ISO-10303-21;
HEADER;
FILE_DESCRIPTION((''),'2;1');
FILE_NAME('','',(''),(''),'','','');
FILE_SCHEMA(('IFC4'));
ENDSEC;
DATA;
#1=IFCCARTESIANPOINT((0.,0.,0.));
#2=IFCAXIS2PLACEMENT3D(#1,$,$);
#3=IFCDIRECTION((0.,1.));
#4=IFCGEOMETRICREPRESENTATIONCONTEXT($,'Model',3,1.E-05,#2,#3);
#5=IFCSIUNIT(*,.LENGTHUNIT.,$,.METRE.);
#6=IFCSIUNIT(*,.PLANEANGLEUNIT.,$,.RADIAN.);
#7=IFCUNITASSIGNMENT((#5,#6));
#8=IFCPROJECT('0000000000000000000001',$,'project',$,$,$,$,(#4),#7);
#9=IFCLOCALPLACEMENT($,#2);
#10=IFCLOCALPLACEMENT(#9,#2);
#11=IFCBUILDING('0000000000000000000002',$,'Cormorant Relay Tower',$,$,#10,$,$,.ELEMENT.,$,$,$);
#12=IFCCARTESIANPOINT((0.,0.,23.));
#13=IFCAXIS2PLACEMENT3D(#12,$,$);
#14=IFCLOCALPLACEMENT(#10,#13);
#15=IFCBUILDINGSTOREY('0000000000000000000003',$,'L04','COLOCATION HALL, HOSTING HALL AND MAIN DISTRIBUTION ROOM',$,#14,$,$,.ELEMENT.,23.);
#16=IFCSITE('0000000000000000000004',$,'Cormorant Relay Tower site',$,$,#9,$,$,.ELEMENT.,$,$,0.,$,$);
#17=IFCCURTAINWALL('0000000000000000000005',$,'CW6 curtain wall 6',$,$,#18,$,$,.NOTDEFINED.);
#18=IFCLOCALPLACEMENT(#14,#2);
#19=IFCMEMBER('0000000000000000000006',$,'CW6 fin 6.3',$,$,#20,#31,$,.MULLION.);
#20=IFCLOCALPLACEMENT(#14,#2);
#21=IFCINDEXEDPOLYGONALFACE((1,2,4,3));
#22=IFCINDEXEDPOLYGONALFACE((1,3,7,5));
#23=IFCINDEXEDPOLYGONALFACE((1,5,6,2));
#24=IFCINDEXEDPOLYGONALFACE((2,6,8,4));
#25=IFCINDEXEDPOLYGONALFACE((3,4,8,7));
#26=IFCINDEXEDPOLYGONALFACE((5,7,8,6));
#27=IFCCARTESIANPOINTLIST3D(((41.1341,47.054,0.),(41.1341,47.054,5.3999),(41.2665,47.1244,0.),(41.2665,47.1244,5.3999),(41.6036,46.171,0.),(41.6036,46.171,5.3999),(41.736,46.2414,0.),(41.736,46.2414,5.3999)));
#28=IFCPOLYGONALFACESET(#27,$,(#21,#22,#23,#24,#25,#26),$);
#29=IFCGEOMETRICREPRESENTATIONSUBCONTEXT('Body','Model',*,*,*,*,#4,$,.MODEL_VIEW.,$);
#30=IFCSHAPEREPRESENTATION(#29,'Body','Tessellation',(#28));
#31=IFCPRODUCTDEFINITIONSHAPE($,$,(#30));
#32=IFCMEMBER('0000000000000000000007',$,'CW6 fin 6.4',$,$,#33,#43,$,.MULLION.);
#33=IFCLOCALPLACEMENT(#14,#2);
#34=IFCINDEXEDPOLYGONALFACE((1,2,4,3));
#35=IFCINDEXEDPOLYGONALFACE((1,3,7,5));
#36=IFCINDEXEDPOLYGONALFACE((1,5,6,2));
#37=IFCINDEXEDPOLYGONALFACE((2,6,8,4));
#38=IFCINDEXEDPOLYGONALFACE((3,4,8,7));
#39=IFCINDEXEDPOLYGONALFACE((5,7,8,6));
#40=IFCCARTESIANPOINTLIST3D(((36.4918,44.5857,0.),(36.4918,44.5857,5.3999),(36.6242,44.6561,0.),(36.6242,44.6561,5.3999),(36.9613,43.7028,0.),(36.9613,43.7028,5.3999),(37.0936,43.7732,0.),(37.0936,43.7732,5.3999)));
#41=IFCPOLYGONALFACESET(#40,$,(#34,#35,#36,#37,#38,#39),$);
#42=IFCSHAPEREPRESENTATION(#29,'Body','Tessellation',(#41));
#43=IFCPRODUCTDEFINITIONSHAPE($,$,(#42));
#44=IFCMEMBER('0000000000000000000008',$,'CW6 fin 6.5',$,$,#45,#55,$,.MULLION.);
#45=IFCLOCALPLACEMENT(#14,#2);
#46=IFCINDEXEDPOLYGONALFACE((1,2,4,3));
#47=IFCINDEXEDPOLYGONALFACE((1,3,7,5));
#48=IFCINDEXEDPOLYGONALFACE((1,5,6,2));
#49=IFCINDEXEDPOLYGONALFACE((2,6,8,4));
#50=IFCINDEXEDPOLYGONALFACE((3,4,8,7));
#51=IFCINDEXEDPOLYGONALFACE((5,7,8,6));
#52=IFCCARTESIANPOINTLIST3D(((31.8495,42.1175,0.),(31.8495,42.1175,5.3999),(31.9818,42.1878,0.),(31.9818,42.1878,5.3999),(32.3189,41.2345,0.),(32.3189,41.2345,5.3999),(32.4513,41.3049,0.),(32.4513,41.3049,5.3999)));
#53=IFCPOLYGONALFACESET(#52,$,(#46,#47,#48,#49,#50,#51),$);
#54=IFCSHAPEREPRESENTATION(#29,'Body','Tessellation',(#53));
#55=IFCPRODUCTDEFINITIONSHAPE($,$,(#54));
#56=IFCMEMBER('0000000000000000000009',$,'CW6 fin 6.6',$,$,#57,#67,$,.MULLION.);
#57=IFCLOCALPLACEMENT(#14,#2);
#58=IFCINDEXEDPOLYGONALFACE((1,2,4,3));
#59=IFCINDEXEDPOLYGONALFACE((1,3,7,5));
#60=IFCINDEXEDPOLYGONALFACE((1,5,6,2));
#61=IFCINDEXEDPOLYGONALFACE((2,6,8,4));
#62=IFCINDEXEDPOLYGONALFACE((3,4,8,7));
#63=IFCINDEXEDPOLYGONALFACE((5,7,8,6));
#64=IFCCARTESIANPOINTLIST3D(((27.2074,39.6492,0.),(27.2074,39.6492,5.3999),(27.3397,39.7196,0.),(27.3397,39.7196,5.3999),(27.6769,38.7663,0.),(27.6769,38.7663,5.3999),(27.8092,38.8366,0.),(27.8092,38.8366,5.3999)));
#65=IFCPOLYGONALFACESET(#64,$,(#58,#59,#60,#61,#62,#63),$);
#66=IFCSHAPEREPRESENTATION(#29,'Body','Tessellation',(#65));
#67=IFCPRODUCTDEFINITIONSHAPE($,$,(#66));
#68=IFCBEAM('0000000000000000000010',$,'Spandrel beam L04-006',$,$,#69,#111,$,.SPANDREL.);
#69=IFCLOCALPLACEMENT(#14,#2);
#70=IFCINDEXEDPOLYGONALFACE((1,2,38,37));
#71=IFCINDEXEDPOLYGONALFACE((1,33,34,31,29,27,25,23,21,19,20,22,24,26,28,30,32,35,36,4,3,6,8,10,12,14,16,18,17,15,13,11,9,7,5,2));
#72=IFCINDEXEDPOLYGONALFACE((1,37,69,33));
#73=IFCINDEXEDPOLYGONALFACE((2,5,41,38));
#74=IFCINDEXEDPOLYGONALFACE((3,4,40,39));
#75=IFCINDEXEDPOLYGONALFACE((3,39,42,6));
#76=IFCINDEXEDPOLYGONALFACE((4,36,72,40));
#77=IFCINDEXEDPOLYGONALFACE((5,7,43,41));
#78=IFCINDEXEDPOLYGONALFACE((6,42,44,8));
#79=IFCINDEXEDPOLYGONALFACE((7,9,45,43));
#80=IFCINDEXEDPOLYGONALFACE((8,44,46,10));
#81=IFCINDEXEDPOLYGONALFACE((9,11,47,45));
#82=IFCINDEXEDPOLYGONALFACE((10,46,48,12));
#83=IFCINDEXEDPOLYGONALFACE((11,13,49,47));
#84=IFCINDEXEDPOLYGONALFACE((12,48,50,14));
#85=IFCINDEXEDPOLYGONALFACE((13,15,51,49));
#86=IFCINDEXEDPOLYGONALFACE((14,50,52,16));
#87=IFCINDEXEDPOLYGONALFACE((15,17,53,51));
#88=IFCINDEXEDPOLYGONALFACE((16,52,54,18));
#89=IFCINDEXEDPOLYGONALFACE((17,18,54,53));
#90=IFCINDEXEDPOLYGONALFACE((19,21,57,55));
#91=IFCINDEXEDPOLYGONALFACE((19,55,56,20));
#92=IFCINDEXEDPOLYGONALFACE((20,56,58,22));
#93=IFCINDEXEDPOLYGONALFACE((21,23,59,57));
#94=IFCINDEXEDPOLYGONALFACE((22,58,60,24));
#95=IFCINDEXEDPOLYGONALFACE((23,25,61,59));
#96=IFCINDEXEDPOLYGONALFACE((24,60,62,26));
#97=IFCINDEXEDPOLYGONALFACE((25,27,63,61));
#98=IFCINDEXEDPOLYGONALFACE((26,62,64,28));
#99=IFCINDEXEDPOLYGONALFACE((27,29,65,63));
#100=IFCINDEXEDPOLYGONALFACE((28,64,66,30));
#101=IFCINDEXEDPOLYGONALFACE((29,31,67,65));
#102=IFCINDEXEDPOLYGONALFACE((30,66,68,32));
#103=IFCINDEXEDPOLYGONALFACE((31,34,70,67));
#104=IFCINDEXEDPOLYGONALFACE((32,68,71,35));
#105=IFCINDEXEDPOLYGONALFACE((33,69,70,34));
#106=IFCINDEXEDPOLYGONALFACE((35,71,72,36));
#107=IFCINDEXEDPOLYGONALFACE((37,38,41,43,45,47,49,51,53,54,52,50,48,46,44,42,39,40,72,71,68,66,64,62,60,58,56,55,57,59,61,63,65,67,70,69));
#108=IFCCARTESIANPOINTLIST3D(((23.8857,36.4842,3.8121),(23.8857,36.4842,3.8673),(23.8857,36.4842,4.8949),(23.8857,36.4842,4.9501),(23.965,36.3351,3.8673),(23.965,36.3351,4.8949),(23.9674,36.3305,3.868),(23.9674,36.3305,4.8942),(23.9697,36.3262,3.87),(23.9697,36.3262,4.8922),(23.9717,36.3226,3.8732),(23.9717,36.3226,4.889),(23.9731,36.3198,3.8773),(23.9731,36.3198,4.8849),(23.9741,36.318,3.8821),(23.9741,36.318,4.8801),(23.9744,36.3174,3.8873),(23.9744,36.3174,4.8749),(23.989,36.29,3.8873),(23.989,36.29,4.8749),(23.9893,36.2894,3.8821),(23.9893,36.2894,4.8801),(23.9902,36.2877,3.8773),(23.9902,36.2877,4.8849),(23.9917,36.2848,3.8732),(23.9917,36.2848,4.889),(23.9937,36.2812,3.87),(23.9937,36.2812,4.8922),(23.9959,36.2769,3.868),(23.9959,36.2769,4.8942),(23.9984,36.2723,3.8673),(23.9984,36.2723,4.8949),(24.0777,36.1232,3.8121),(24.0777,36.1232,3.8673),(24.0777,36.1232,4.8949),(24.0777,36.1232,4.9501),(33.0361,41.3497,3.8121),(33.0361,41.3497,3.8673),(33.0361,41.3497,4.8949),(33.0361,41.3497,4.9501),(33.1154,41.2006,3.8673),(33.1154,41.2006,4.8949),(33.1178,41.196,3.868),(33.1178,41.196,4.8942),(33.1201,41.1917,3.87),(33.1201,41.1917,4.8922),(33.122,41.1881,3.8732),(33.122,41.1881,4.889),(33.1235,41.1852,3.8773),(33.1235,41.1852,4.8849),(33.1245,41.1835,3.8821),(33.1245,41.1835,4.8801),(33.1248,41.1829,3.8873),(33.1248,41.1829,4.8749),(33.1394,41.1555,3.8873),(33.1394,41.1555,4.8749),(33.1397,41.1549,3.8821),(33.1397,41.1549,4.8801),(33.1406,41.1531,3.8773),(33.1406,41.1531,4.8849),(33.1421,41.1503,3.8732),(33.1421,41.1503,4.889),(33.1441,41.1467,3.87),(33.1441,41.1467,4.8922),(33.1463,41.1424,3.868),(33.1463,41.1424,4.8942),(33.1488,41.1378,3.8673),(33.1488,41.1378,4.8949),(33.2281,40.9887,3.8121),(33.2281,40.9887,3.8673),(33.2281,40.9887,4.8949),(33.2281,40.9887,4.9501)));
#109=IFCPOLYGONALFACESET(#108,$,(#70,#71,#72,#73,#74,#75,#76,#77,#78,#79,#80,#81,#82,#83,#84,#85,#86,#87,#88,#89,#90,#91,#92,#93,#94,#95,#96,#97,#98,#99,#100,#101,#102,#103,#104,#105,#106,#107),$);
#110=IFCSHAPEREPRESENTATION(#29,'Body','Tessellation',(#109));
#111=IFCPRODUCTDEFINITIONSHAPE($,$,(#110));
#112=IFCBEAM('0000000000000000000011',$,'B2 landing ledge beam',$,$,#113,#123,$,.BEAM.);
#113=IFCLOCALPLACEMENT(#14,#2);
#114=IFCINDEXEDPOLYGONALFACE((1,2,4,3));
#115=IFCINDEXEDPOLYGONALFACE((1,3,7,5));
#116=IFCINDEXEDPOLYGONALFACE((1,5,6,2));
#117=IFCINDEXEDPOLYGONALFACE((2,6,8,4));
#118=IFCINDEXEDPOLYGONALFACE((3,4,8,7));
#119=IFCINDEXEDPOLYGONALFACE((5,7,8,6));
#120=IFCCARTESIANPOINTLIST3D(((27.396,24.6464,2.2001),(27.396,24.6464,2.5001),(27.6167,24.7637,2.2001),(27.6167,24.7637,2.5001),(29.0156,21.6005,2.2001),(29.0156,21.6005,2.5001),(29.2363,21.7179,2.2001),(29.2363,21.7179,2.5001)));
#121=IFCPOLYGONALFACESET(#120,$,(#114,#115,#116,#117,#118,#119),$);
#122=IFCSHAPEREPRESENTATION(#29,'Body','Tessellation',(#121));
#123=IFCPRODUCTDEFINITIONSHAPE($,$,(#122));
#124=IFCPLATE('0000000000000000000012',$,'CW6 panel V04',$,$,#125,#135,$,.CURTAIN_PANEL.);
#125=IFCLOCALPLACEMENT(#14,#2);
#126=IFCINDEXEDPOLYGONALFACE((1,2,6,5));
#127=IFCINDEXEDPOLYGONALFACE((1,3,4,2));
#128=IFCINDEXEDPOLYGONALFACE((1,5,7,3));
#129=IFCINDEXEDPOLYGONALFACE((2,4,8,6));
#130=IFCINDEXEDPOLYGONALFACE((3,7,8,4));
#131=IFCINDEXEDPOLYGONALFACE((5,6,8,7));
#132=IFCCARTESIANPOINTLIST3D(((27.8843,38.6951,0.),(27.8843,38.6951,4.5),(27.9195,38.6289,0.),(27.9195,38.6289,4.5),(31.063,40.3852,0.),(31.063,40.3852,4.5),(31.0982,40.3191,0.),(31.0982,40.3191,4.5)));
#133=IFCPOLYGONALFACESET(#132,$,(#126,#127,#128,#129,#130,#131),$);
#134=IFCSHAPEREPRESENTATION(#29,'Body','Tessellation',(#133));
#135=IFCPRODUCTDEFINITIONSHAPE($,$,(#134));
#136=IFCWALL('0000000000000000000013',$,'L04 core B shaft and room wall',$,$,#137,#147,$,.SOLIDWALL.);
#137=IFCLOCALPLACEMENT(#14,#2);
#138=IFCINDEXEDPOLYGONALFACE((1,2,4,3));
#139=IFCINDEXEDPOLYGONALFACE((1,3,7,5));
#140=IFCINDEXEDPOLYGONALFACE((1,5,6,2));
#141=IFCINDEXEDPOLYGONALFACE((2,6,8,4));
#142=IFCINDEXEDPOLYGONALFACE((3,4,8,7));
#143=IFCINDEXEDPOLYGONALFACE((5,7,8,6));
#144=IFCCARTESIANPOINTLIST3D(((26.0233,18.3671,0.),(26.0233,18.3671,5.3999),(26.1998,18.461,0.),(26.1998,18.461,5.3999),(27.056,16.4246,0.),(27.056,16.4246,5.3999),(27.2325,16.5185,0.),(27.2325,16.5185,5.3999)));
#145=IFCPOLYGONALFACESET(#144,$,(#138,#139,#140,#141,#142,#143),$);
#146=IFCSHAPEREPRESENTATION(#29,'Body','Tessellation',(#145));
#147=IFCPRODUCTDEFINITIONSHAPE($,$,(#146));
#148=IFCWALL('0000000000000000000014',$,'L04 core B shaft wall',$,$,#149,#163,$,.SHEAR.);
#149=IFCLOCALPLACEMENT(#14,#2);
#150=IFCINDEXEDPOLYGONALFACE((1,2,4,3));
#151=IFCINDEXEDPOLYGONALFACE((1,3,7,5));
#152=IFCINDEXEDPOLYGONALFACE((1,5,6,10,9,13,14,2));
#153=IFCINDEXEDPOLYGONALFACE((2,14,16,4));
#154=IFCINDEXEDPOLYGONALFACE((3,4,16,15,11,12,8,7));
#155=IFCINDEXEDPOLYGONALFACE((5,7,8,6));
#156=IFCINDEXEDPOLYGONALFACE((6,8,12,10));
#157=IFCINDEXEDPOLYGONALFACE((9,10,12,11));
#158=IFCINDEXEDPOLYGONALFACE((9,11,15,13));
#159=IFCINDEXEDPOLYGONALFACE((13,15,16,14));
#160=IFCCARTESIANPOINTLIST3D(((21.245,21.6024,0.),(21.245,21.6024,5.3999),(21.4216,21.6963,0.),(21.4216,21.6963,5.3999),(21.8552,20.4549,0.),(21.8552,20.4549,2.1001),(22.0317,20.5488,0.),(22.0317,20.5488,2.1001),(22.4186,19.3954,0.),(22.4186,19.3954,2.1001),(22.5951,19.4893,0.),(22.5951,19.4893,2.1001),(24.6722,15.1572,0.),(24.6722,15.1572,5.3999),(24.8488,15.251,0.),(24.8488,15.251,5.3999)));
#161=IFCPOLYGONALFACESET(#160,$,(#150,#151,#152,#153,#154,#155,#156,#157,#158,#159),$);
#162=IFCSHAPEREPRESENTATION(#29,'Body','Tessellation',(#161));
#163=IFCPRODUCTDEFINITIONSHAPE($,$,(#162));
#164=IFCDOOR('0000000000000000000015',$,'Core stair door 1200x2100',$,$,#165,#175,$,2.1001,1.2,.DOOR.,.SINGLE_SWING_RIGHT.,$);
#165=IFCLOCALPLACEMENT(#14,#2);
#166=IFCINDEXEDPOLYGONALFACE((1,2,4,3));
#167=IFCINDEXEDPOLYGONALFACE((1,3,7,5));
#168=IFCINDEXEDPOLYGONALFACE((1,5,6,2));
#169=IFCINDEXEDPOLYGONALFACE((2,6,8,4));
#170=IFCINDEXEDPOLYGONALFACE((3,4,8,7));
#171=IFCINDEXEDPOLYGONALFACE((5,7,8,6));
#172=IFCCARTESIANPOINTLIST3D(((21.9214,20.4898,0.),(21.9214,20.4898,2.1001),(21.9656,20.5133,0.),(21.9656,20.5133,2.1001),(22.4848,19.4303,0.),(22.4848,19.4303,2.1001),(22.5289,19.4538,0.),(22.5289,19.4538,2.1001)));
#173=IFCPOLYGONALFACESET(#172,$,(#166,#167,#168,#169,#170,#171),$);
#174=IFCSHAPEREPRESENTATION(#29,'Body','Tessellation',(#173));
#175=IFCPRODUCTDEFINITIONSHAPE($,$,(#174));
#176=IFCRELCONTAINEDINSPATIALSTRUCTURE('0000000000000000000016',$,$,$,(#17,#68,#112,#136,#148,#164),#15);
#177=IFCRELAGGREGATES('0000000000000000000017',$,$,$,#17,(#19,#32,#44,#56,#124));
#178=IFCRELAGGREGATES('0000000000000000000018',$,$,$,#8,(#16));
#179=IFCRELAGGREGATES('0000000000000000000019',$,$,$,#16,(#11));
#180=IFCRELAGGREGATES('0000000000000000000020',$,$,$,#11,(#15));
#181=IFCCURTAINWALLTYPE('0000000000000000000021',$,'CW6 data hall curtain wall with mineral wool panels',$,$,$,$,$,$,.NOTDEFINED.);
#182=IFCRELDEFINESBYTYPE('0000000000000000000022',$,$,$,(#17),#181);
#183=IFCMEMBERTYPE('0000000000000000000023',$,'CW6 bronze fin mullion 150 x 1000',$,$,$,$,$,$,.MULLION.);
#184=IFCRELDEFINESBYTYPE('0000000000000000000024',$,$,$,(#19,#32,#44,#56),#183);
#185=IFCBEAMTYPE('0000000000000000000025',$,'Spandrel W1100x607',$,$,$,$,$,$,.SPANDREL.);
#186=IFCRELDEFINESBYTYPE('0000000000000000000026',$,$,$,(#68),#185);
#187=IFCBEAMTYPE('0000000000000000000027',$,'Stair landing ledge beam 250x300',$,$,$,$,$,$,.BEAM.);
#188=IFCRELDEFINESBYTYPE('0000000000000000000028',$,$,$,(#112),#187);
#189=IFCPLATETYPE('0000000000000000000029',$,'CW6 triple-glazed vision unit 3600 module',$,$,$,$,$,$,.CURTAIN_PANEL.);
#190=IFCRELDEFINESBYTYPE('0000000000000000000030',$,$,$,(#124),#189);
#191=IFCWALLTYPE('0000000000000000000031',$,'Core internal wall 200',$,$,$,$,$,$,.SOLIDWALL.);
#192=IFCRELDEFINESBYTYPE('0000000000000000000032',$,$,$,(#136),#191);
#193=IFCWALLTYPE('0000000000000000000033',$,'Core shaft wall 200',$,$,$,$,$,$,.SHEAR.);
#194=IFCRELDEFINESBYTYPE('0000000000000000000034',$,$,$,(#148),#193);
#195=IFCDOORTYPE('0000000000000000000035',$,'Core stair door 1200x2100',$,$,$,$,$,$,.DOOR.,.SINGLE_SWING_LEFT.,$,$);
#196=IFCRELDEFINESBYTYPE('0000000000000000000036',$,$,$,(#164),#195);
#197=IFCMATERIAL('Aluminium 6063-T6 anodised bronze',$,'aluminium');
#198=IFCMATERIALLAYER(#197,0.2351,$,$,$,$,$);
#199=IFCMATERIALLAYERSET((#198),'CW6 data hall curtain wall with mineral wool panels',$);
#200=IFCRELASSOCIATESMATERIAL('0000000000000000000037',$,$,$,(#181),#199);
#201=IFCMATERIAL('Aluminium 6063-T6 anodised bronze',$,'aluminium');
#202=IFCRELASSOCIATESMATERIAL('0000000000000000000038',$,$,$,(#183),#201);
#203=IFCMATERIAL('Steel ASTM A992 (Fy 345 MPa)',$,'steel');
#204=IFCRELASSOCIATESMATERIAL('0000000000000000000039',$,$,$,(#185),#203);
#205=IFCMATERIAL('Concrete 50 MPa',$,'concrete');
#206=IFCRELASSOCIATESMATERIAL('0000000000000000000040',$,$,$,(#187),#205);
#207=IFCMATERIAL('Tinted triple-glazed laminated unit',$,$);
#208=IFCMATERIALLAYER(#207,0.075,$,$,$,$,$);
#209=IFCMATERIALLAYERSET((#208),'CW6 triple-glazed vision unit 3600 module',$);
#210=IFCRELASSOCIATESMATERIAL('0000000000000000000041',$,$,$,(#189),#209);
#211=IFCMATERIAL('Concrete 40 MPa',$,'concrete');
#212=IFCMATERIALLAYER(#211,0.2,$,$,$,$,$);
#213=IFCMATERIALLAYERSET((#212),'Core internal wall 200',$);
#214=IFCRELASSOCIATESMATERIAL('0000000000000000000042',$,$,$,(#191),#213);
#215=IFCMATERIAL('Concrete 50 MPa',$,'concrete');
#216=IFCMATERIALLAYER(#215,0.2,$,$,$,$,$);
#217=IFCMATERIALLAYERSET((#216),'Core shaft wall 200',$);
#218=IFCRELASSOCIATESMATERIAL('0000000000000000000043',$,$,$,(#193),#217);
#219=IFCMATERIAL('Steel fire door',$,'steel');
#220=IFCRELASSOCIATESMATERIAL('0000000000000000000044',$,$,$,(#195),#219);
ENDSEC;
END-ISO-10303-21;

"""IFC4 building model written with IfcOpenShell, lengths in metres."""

from ifc_helpers import new_model, si_unit, direction, frame, frame_2d, origin, origin_2d, place, context, subcontext, project, spatial, rectangle, i_section, extrude, material, layer, layer_set, material_profile, profile_set, type_object, element, fill, aggregate, save


model = new_model("IFC4")

# Units and contexts
model_context = context("Model", 3, precision=1e-05, world=origin(), true_north=direction((0.0, 1.0)))
body_context = subcontext(model_context, "Body", "Model", "MODEL_VIEW")
ifc_project = project(units=[si_unit("LENGTHUNIT", "METRE"), si_unit("PLANEANGLEUNIT", "RADIAN")], contexts=[model_context])

# Site, building, storey
site_placement = place(None, origin())
site = spatial("IfcSite", under=ifc_project, at=site_placement, Name="Cormorant Relay Tower site", CompositionType="ELEMENT", RefElevation=0.0)
building_placement = place(site_placement, origin())
building = spatial("IfcBuilding", under=site, at=building_placement, Name="Cormorant Relay Tower", CompositionType="ELEMENT")
storey_placement = place(building_placement, frame((0.0, 0.0, 23.0)))
storey = spatial("IfcBuildingStorey", under=building, at=storey_placement, Name="L04", Description="COLOCATION HALL, HOSTING HALL AND MAIN DISTRIBUTION ROOM", CompositionType="ELEMENT", Elevation=23.0)

# Curtain wall, members
ifc_material_1 = material(Name="Aluminium 6063-T6 anodised bronze", Category="aluminium")
ifc_layer_1 = layer(ifc_material_1, 0.2351)
ifc_layer_set_1 = layer_set([ifc_layer_1], Name="CW6 data hall curtain wall with mineral wool panels")
curtain_wall_type = type_object("IfcCurtainWallType", Name="CW6 data hall curtain wall with mineral wool panels", PredefinedType="NOTDEFINED", material=ifc_layer_set_1)
curtain_wall_placement = place(storey_placement, origin())
curtain_wall = element("IfcCurtainWall", 1, at=curtain_wall_placement, inside=storey, type_object=curtain_wall_type, Name="CW6 curtain wall 6", PredefinedType="NOTDEFINED")
ifc_material_2 = material(Name="Aluminium 6063-T6 anodised bronze", Category="aluminium")
ifc_material_profile_1 = material_profile(ifc_material_2, rectangle(XDim=0.1499, YDim=1.0, at=origin_2d()), Name="AL 150x1000")
ifc_profile_set_1 = profile_set([ifc_material_profile_1], Name="Aluminium 6063-T6 anodised bronze")
member_type = type_object("IfcMemberType", Name="CW6 bronze fin mullion 150 x 1000", PredefinedType="MULLION", material=ifc_profile_set_1)
member_1_placement = place(storey_placement, frame((41.4351, 46.6477, 0.0), z_axis=(0.0, 0.0, 1.0), x_axis=(-0.882948, -0.469472, 0.0)))
member_1 = element("IfcMember", 2, at=member_1_placement, type_object=member_type, Name="CW6 fin 6.3", PredefinedType="MULLION", context=body_context, shape_type="SweptSolid", body=[
    extrude(rectangle(XDim=0.1499, YDim=1.0, at=origin_2d()), origin(), (0.0, 0.0, 1.0), 5.3999),
])
member_2_placement = place(storey_placement, frame((36.7927, 44.1794, 0.0), z_axis=(0.0, 0.0, 1.0), x_axis=(-0.882948, -0.469472, 0.0)))
member_2 = element("IfcMember", 3, at=member_2_placement, type_object=member_type, Name="CW6 fin 6.4", PredefinedType="MULLION", context=body_context, shape_type="SweptSolid", body=[
    extrude(rectangle(XDim=0.1499, YDim=1.0, at=origin_2d()), origin(), (0.0, 0.0, 1.0), 5.3999),
])
member_3_placement = place(storey_placement, frame((32.1504, 41.7112, 0.0), z_axis=(0.0, 0.0, 1.0), x_axis=(-0.882948, -0.469472, 0.0)))
member_3 = element("IfcMember", 4, at=member_3_placement, type_object=member_type, Name="CW6 fin 6.5", PredefinedType="MULLION", context=body_context, shape_type="SweptSolid", body=[
    extrude(rectangle(XDim=0.1499, YDim=1.0, at=origin_2d()), origin(), (0.0, 0.0, 1.0), 5.3999),
])
member_4_placement = place(storey_placement, frame((27.5083, 39.2429, 0.0), z_axis=(0.0, 0.0, 1.0), x_axis=(-0.882948, -0.469472, 0.0)))
member_4 = element("IfcMember", 5, at=member_4_placement, type_object=member_type, Name="CW6 fin 6.6", PredefinedType="MULLION", context=body_context, shape_type="SweptSolid", body=[
    extrude(rectangle(XDim=0.1499, YDim=1.0, at=origin_2d()), origin(), (0.0, 0.0, 1.0), 5.3999),
])

# Beams
ifc_material_3 = material(Name="Steel ASTM A992 (Fy 345 MPa)", Category="steel")
ifc_material_profile_2 = material_profile(ifc_material_3, i_section(OverallWidth=0.4089, OverallDepth=1.1379, WebThickness=0.031, FlangeThickness=0.0552, FilletRadius=0.02, at=origin_2d()), Name="W1100x607")
ifc_profile_set_2 = profile_set([ifc_material_profile_2], Name="Steel ASTM A992 (Fy 345 MPa)")
beam_type_1 = type_object("IfcBeamType", Name="Spandrel W1100x607", PredefinedType="SPANDREL", material=ifc_profile_set_2)
beam_1_placement = place(storey_placement, frame((33.1321, 41.1692, 4.3811), z_axis=(-0.882942, -0.469481, 0.0), x_axis=(0.469481, -0.882942, 0.0)))
element("IfcBeam", 6, at=beam_1_placement, inside=storey, type_object=beam_type_1, Name="Spandrel beam L04-006", PredefinedType="SPANDREL", context=body_context, shape_type="SweptSolid", body=[
    extrude(i_section(OverallWidth=0.4089, OverallDepth=1.1379, WebThickness=0.031, FlangeThickness=0.0552, FilletRadius=0.02, at=origin_2d()), origin(), (0.0, 0.0, 1.0), 10.3635),
])
ifc_material_4 = material(Name="Concrete 50 MPa", Category="concrete")
ifc_material_profile_3 = material_profile(ifc_material_4, rectangle(XDim=0.25, YDim=0.3, at=origin_2d()), Name="RC 250x300")
ifc_profile_set_3 = profile_set([ifc_material_profile_3], Name="Concrete 50 MPa")
beam_type_2 = type_object("IfcBeamType", Name="Stair landing ledge beam 250x300", PredefinedType="BEAM", material=ifc_profile_set_3)
beam_2_placement = place(storey_placement, frame((29.126, 21.6592, 2.3501), z_axis=(-0.469493, 0.882936, 0.0), x_axis=(-0.882936, -0.469493, 0.0)))
element("IfcBeam", 7, at=beam_2_placement, inside=storey, type_object=beam_type_2, Name="B2 landing ledge beam", PredefinedType="BEAM", context=body_context, shape_type="SweptSolid", body=[
    extrude(rectangle(XDim=0.25, YDim=0.3, at=origin_2d()), origin(), (0.0, 0.0, 1.0), 3.4497),
])

# Plate
ifc_material_5 = material(Name="Tinted triple-glazed laminated unit")
ifc_layer_2 = layer(ifc_material_5, 0.075)
ifc_layer_set_2 = layer_set([ifc_layer_2], Name="CW6 triple-glazed vision unit 3600 module")
plate_type = type_object("IfcPlateType", Name="CW6 triple-glazed vision unit 3600 module", PredefinedType="CURTAIN_PANEL", material=ifc_layer_set_2)
plate_placement = place(storey_placement, frame((29.4912, 39.5071, 0.0), z_axis=(0.0, 0.0, 1.0), x_axis=(-0.882948, -0.469472, 0.0)))
plate = element("IfcPlate", 8, at=plate_placement, type_object=plate_type, Name="CW6 panel V04", PredefinedType="CURTAIN_PANEL", context=body_context, shape_type="SweptSolid", body=[
    extrude(rectangle(XDim=3.6001, YDim=0.075, at=origin_2d()), origin(), (0.0, 0.0, 1.0), 4.5),
])

# Wall
ifc_material_6 = material(Name="Concrete 40 MPa", Category="concrete")
ifc_layer_3 = layer(ifc_material_6, 0.2)
ifc_layer_set_3 = layer_set([ifc_layer_3], Name="Core internal wall 200")
wall_type_1 = type_object("IfcWallType", Name="Core internal wall 200", PredefinedType="SOLIDWALL", material=ifc_layer_set_3)
wall_1_placement = place(storey_placement, frame((27.1443, 16.4714, 0.0), z_axis=(0.0, 0.0, 1.0), x_axis=(-0.469401, 0.882985, 0.0)))
element("IfcWall", 9, at=wall_1_placement, inside=storey, type_object=wall_type_1, Name="L04 core B shaft and room wall", PredefinedType="SOLIDWALL", context=body_context, shape_type="SweptSolid", body=[
    extrude(rectangle(XDim=2.2, YDim=0.2, at=frame_2d((1.1001, 0.0))), origin(), (0.0, 0.0, 1.0), 5.3999),
])

# Wall, opening, door
ifc_material_7 = material(Name="Concrete 50 MPa", Category="concrete")
ifc_layer_4 = layer(ifc_material_7, 0.2)
ifc_layer_set_4 = layer_set([ifc_layer_4], Name="Core shaft wall 200")
wall_type_2 = type_object("IfcWallType", Name="Core shaft wall 200", PredefinedType="SHEAR", material=ifc_layer_set_4)
wall_2_placement = place(storey_placement, frame((24.7605, 15.2041, 0.0), z_axis=(0.0, 0.0, 1.0), x_axis=(-0.469494, 0.882936, 0.0)))
wall_2 = element("IfcWall", 10, at=wall_2_placement, inside=storey, type_object=wall_type_2, Name="L04 core B shaft wall", PredefinedType="SHEAR", context=body_context, shape_type="SweptSolid", body=[
    extrude(rectangle(XDim=7.2998, YDim=0.2, at=frame_2d((3.6499, 0.0))), origin(), (0.0, 0.0, 1.0), 5.3999),
])
opening_1_placement = place(wall_2_placement, frame((4.8, 0.0, 0.0)))
opening_1 = element("IfcOpeningElement", 11, at=opening_1_placement, cuts=wall_2, PredefinedType="OPENING", context=body_context, shape_type="SweptSolid", body=[
    extrude(rectangle(XDim=1.2, YDim=2.1001, at=frame_2d((0.6001, 1.05))), frame((0.0, 0.1099, 0.0), z_axis=(0.0, -1.0, 0.0), x_axis=(1.0, 0.0, 0.0)), (0.0, 0.0, 1.0), 0.22),
])
ifc_material_8 = material(Name="Steel fire door", Category="steel")
door_type_1 = type_object("IfcDoorType", Name="Core stair door 1200x2100", OperationType="SINGLE_SWING_LEFT", PredefinedType="DOOR", material=ifc_material_8)
door_1_placement = place(opening_1_placement, frame((1.2, 0.0, 0.0), z_axis=(0.0, 0.0, 1.0), x_axis=(-1.0, 0.0, 0.0)))
door_1 = element("IfcDoor", 12, at=door_1_placement, inside=storey, type_object=door_type_1, Name="Core stair door 1200x2100", OperationType="SINGLE_SWING_RIGHT", OverallHeight=2.1001, OverallWidth=1.2, PredefinedType="DOOR", context=body_context, shape_type="SweptSolid", body=[
    extrude(rectangle(XDim=1.2, YDim=2.1001, at=frame_2d((0.6001, 1.05))), frame((0.0, 0.0249, 0.0), z_axis=(0.0, -1.0, 0.0), x_axis=(1.0, 0.0, 0.0)), (0.0, 0.0, 1.0), 0.05),
])
fill(opening_1, door_1)

aggregate(curtain_wall, [member_1, member_2, member_3, member_4, plate])

save(model, "model.ifc")
